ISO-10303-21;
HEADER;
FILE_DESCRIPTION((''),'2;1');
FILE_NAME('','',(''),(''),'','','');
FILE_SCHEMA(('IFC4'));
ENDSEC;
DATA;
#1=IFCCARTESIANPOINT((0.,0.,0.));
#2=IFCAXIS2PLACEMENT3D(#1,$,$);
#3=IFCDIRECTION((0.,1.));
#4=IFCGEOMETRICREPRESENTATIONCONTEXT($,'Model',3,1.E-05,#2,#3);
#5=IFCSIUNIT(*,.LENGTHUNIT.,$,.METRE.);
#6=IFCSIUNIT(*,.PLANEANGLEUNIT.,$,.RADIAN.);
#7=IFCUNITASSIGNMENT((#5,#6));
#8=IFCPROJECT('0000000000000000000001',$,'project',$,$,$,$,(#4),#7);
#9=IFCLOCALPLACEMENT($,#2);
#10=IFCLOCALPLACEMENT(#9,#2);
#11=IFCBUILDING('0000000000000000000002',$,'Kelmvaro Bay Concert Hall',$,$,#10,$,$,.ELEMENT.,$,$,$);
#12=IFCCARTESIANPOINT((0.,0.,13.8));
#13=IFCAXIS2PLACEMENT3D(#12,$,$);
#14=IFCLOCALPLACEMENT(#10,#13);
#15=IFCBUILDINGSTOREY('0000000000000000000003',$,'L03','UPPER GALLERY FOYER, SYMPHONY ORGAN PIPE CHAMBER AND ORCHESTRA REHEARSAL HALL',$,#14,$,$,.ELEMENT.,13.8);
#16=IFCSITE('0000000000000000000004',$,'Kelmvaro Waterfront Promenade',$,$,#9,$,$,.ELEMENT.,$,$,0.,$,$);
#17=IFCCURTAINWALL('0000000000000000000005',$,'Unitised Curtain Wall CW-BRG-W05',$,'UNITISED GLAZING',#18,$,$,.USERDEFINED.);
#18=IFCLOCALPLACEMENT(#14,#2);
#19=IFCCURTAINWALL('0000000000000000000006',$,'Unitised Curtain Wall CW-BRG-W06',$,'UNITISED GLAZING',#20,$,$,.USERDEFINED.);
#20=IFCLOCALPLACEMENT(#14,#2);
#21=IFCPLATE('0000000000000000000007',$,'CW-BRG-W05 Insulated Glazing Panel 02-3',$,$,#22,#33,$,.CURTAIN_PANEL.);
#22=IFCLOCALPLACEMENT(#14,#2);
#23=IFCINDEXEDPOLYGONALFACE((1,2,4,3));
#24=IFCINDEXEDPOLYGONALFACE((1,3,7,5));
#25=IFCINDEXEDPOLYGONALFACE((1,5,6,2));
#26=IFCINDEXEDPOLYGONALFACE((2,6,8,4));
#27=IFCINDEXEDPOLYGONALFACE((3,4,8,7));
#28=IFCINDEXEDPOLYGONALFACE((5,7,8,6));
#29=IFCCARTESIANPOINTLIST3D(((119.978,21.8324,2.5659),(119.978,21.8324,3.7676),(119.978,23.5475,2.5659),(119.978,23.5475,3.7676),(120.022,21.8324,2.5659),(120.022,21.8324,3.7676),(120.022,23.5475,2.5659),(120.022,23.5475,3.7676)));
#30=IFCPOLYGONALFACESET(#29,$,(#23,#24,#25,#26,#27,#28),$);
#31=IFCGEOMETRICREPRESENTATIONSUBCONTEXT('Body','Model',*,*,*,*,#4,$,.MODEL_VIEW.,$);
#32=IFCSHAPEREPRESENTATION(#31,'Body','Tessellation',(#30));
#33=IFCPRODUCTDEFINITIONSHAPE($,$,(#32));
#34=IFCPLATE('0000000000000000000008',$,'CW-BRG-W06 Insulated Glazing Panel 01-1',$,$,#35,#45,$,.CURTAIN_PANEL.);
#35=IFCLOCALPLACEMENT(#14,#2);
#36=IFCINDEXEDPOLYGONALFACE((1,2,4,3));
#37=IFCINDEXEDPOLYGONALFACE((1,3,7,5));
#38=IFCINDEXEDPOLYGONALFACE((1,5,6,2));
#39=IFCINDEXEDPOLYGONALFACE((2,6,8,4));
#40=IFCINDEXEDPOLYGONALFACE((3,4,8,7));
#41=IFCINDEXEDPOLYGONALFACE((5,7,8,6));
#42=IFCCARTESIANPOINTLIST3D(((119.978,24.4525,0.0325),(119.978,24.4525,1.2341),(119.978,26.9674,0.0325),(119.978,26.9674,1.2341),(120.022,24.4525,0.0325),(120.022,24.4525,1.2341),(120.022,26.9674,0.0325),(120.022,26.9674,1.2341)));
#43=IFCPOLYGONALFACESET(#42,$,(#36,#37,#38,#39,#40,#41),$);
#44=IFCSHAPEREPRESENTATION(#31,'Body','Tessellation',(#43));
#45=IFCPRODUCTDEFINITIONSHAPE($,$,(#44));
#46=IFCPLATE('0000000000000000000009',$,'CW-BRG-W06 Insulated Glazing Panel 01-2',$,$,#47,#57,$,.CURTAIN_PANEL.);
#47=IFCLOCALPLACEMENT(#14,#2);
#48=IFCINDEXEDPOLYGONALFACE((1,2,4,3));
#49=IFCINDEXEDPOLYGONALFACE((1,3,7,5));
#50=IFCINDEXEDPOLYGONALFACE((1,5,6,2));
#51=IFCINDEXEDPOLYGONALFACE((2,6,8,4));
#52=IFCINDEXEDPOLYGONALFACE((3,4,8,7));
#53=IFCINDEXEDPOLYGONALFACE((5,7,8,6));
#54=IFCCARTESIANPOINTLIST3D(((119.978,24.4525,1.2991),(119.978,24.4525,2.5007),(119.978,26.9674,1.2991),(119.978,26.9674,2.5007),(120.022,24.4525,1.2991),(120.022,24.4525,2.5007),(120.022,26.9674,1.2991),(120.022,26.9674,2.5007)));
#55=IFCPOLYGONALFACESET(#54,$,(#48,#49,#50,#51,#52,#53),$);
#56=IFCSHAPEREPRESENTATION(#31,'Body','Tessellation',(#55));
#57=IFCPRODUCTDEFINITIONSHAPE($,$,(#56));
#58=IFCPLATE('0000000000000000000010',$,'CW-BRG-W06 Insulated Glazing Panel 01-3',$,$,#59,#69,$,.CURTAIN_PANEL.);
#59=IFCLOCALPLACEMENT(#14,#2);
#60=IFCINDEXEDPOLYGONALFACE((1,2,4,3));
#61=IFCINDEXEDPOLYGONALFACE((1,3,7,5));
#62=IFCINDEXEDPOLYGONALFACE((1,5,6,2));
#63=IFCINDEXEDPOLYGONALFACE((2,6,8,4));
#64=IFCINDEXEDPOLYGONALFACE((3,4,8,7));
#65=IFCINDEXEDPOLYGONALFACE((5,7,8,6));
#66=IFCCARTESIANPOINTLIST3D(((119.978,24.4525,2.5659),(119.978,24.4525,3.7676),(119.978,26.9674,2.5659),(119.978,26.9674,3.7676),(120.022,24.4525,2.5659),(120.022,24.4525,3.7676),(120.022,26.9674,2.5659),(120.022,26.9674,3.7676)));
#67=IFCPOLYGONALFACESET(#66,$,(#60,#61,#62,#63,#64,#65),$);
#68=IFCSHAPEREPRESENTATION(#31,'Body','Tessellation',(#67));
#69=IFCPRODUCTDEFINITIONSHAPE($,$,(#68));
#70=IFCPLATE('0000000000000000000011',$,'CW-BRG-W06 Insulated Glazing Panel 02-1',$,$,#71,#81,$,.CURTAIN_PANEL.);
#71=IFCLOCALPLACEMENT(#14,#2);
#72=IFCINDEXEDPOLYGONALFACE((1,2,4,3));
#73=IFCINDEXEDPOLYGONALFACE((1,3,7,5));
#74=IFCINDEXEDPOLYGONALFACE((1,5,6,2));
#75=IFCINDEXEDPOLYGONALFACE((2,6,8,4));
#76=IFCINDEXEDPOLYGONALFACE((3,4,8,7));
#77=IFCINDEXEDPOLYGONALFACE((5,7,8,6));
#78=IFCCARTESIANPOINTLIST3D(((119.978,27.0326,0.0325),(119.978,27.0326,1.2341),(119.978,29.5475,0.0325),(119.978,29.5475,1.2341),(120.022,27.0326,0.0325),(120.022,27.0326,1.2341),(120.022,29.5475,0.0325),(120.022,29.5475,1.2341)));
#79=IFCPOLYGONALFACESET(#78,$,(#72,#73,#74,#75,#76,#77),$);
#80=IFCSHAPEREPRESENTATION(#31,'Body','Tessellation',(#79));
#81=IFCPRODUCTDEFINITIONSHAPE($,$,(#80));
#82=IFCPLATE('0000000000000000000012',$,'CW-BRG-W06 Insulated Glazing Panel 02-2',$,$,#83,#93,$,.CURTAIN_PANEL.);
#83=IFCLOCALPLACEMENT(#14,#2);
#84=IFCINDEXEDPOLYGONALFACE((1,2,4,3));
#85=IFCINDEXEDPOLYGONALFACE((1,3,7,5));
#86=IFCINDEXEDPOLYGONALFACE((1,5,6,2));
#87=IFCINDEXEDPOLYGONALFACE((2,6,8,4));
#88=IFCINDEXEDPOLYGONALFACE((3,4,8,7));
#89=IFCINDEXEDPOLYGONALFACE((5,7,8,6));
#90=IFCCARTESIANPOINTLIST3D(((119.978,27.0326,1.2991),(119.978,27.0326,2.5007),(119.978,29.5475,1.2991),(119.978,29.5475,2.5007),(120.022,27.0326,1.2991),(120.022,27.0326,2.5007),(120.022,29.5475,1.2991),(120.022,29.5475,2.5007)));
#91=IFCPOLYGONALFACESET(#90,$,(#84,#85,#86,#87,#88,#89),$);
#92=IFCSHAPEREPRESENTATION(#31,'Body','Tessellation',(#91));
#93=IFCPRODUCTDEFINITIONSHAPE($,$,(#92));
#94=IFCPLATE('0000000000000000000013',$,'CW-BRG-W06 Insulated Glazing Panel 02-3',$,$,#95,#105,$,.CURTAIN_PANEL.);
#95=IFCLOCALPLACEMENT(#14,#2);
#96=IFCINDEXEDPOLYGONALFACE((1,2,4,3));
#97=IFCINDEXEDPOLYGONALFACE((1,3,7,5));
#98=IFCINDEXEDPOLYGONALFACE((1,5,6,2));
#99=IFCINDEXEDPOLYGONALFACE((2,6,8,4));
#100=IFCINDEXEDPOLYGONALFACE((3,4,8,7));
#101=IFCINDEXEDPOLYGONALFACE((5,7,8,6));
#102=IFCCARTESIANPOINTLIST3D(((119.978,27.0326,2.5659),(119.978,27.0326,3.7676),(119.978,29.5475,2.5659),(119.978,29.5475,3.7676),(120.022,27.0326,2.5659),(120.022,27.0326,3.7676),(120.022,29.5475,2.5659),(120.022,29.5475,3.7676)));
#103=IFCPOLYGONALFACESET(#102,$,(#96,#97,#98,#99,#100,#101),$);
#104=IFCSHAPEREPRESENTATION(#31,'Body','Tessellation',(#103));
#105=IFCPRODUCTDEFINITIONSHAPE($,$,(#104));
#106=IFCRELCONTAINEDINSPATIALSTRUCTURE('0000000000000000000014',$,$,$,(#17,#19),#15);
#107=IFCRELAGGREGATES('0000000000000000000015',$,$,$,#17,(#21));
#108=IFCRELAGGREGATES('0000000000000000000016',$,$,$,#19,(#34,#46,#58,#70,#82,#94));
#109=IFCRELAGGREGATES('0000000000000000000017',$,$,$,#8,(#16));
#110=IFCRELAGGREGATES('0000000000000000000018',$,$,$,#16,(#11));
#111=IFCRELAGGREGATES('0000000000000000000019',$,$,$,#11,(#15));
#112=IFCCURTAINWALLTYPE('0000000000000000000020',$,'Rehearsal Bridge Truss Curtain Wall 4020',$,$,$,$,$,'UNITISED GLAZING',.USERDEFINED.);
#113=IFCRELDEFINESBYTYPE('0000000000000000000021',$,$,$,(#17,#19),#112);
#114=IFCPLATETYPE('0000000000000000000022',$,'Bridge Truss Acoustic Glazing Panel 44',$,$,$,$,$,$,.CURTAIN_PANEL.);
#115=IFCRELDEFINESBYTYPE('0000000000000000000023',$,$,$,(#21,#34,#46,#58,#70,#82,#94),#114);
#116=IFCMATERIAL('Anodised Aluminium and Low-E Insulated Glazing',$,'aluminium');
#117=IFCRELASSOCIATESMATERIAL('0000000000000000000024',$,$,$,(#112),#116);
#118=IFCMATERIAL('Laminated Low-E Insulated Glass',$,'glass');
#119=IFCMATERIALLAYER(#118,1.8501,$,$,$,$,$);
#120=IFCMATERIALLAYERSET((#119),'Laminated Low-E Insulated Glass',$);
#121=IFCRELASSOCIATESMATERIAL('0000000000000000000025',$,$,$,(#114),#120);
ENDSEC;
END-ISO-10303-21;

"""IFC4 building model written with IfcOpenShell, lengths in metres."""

from ifc_helpers import new_model, si_unit, direction, frame, origin, origin_2d, place, context, subcontext, project, spatial, rectangle, extrude, material, layer, layer_set, type_object, element, aggregate, save


model = new_model("IFC4")

# Units and contexts
model_context = context("Model", 3, precision=1e-05, world=origin(), true_north=direction((0.0, 1.0)))
body_context = subcontext(model_context, "Body", "Model", "MODEL_VIEW")
ifc_project = project(units=[si_unit("LENGTHUNIT", "METRE"), si_unit("PLANEANGLEUNIT", "RADIAN")], contexts=[model_context])

# Site, building, storey
site_placement = place(None, origin())
site = spatial("IfcSite", under=ifc_project, at=site_placement, Name="Kelmvaro Waterfront Promenade", CompositionType="ELEMENT", RefElevation=0.0)
building_placement = place(site_placement, origin())
building = spatial("IfcBuilding", under=site, at=building_placement, Name="Kelmvaro Bay Concert Hall", CompositionType="ELEMENT")
storey_placement = place(building_placement, frame((0.0, 0.0, 13.8)))
storey = spatial("IfcBuildingStorey", under=building, at=storey_placement, Name="L03", Description="UPPER GALLERY FOYER, SYMPHONY ORGAN PIPE CHAMBER AND ORCHESTRA REHEARSAL HALL", CompositionType="ELEMENT", Elevation=13.8)

# Curtain walls
ifc_material_1 = material(Name="Anodised Aluminium and Low-E Insulated Glazing", Category="aluminium")
curtain_wall_type = type_object("IfcCurtainWallType", Name="Rehearsal Bridge Truss Curtain Wall 4020", ElementType="UNITISED GLAZING", PredefinedType="USERDEFINED", material=ifc_material_1)
curtain_wall_1_placement = place(storey_placement, origin())
curtain_wall_1 = element("IfcCurtainWall", 1, at=curtain_wall_1_placement, inside=storey, type_object=curtain_wall_type, Name="Unitised Curtain Wall CW-BRG-W05", ObjectType="UNITISED GLAZING", PredefinedType="USERDEFINED")
curtain_wall_2_placement = place(storey_placement, origin())
curtain_wall_2 = element("IfcCurtainWall", 2, at=curtain_wall_2_placement, inside=storey, type_object=curtain_wall_type, Name="Unitised Curtain Wall CW-BRG-W06", ObjectType="UNITISED GLAZING", PredefinedType="USERDEFINED")

# Plates
ifc_material_2 = material(Name="Laminated Low-E Insulated Glass", Category="glass")
ifc_layer_1 = layer(ifc_material_2, 1.8501)
ifc_layer_set_1 = layer_set([ifc_layer_1], Name="Laminated Low-E Insulated Glass")
plate_type_1 = type_object("IfcPlateType", Name="Bridge Truss Acoustic Glazing Panel 44", PredefinedType="CURTAIN_PANEL", material=ifc_layer_set_1)
plate_1_placement = place(storey_placement, frame((120.0, 22.6899, 2.5659), z_axis=(0.0, 0.0, 1.0), x_axis=(0.0, 1.0, 0.0)))
plate_1 = element("IfcPlate", 3, at=plate_1_placement, type_object=plate_type_1, Name="CW-BRG-W05 Insulated Glazing Panel 02-3", PredefinedType="CURTAIN_PANEL", context=body_context, shape_type="SweptSolid", body=[
    extrude(rectangle(XDim=1.7151, YDim=0.0439, at=origin_2d()), origin(), (0.0, 0.0, 1.0), 1.2017),
])
aggregate(curtain_wall_1, [plate_1])
plate_2_placement = place(storey_placement, frame((120.0, 25.71, 0.0325), z_axis=(0.0, 0.0, 1.0), x_axis=(0.0, 1.0, 0.0)))
plate_2 = element("IfcPlate", 4, at=plate_2_placement, type_object=plate_type_1, Name="CW-BRG-W06 Insulated Glazing Panel 01-1", PredefinedType="CURTAIN_PANEL", context=body_context, shape_type="SweptSolid", body=[
    extrude(rectangle(XDim=2.5149, YDim=0.0439, at=origin_2d()), origin(), (0.0, 0.0, 1.0), 1.2017),
])
plate_3_placement = place(storey_placement, frame((120.0, 25.71, 1.2991), z_axis=(0.0, 0.0, 1.0), x_axis=(0.0, 1.0, 0.0)))
plate_3 = element("IfcPlate", 5, at=plate_3_placement, type_object=plate_type_1, Name="CW-BRG-W06 Insulated Glazing Panel 01-2", PredefinedType="CURTAIN_PANEL", context=body_context, shape_type="SweptSolid", body=[
    extrude(rectangle(XDim=2.5149, YDim=0.0439, at=origin_2d()), origin(), (0.0, 0.0, 1.0), 1.2017),
])
plate_4_placement = place(storey_placement, frame((120.0, 25.71, 2.5659), z_axis=(0.0, 0.0, 1.0), x_axis=(0.0, 1.0, 0.0)))
plate_4 = element("IfcPlate", 6, at=plate_4_placement, type_object=plate_type_1, Name="CW-BRG-W06 Insulated Glazing Panel 01-3", PredefinedType="CURTAIN_PANEL", context=body_context, shape_type="SweptSolid", body=[
    extrude(rectangle(XDim=2.5149, YDim=0.0439, at=origin_2d()), origin(), (0.0, 0.0, 1.0), 1.2017),
])
plate_5_placement = place(storey_placement, frame((120.0, 28.29, 0.0325), z_axis=(0.0, 0.0, 1.0), x_axis=(0.0, 1.0, 0.0)))
plate_5 = element("IfcPlate", 7, at=plate_5_placement, type_object=plate_type_1, Name="CW-BRG-W06 Insulated Glazing Panel 02-1", PredefinedType="CURTAIN_PANEL", context=body_context, shape_type="SweptSolid", body=[
    extrude(rectangle(XDim=2.5149, YDim=0.0439, at=origin_2d()), origin(), (0.0, 0.0, 1.0), 1.2017),
])
plate_6_placement = place(storey_placement, frame((120.0, 28.29, 1.2991), z_axis=(0.0, 0.0, 1.0), x_axis=(0.0, 1.0, 0.0)))
plate_6 = element("IfcPlate", 8, at=plate_6_placement, type_object=plate_type_1, Name="CW-BRG-W06 Insulated Glazing Panel 02-2", PredefinedType="CURTAIN_PANEL", context=body_context, shape_type="SweptSolid", body=[
    extrude(rectangle(XDim=2.5149, YDim=0.0439, at=origin_2d()), origin(), (0.0, 0.0, 1.0), 1.2017),
])
plate_7_placement = place(storey_placement, frame((120.0, 28.29, 2.5659), z_axis=(0.0, 0.0, 1.0), x_axis=(0.0, 1.0, 0.0)))
plate_7 = element("IfcPlate", 9, at=plate_7_placement, type_object=plate_type_1, Name="CW-BRG-W06 Insulated Glazing Panel 02-3", PredefinedType="CURTAIN_PANEL", context=body_context, shape_type="SweptSolid", body=[
    extrude(rectangle(XDim=2.5149, YDim=0.0439, at=origin_2d()), origin(), (0.0, 0.0, 1.0), 1.2017),
])
aggregate(curtain_wall_2, [plate_2, plate_3, plate_4, plate_5, plate_6, plate_7])

save(model, "model.ifc")
